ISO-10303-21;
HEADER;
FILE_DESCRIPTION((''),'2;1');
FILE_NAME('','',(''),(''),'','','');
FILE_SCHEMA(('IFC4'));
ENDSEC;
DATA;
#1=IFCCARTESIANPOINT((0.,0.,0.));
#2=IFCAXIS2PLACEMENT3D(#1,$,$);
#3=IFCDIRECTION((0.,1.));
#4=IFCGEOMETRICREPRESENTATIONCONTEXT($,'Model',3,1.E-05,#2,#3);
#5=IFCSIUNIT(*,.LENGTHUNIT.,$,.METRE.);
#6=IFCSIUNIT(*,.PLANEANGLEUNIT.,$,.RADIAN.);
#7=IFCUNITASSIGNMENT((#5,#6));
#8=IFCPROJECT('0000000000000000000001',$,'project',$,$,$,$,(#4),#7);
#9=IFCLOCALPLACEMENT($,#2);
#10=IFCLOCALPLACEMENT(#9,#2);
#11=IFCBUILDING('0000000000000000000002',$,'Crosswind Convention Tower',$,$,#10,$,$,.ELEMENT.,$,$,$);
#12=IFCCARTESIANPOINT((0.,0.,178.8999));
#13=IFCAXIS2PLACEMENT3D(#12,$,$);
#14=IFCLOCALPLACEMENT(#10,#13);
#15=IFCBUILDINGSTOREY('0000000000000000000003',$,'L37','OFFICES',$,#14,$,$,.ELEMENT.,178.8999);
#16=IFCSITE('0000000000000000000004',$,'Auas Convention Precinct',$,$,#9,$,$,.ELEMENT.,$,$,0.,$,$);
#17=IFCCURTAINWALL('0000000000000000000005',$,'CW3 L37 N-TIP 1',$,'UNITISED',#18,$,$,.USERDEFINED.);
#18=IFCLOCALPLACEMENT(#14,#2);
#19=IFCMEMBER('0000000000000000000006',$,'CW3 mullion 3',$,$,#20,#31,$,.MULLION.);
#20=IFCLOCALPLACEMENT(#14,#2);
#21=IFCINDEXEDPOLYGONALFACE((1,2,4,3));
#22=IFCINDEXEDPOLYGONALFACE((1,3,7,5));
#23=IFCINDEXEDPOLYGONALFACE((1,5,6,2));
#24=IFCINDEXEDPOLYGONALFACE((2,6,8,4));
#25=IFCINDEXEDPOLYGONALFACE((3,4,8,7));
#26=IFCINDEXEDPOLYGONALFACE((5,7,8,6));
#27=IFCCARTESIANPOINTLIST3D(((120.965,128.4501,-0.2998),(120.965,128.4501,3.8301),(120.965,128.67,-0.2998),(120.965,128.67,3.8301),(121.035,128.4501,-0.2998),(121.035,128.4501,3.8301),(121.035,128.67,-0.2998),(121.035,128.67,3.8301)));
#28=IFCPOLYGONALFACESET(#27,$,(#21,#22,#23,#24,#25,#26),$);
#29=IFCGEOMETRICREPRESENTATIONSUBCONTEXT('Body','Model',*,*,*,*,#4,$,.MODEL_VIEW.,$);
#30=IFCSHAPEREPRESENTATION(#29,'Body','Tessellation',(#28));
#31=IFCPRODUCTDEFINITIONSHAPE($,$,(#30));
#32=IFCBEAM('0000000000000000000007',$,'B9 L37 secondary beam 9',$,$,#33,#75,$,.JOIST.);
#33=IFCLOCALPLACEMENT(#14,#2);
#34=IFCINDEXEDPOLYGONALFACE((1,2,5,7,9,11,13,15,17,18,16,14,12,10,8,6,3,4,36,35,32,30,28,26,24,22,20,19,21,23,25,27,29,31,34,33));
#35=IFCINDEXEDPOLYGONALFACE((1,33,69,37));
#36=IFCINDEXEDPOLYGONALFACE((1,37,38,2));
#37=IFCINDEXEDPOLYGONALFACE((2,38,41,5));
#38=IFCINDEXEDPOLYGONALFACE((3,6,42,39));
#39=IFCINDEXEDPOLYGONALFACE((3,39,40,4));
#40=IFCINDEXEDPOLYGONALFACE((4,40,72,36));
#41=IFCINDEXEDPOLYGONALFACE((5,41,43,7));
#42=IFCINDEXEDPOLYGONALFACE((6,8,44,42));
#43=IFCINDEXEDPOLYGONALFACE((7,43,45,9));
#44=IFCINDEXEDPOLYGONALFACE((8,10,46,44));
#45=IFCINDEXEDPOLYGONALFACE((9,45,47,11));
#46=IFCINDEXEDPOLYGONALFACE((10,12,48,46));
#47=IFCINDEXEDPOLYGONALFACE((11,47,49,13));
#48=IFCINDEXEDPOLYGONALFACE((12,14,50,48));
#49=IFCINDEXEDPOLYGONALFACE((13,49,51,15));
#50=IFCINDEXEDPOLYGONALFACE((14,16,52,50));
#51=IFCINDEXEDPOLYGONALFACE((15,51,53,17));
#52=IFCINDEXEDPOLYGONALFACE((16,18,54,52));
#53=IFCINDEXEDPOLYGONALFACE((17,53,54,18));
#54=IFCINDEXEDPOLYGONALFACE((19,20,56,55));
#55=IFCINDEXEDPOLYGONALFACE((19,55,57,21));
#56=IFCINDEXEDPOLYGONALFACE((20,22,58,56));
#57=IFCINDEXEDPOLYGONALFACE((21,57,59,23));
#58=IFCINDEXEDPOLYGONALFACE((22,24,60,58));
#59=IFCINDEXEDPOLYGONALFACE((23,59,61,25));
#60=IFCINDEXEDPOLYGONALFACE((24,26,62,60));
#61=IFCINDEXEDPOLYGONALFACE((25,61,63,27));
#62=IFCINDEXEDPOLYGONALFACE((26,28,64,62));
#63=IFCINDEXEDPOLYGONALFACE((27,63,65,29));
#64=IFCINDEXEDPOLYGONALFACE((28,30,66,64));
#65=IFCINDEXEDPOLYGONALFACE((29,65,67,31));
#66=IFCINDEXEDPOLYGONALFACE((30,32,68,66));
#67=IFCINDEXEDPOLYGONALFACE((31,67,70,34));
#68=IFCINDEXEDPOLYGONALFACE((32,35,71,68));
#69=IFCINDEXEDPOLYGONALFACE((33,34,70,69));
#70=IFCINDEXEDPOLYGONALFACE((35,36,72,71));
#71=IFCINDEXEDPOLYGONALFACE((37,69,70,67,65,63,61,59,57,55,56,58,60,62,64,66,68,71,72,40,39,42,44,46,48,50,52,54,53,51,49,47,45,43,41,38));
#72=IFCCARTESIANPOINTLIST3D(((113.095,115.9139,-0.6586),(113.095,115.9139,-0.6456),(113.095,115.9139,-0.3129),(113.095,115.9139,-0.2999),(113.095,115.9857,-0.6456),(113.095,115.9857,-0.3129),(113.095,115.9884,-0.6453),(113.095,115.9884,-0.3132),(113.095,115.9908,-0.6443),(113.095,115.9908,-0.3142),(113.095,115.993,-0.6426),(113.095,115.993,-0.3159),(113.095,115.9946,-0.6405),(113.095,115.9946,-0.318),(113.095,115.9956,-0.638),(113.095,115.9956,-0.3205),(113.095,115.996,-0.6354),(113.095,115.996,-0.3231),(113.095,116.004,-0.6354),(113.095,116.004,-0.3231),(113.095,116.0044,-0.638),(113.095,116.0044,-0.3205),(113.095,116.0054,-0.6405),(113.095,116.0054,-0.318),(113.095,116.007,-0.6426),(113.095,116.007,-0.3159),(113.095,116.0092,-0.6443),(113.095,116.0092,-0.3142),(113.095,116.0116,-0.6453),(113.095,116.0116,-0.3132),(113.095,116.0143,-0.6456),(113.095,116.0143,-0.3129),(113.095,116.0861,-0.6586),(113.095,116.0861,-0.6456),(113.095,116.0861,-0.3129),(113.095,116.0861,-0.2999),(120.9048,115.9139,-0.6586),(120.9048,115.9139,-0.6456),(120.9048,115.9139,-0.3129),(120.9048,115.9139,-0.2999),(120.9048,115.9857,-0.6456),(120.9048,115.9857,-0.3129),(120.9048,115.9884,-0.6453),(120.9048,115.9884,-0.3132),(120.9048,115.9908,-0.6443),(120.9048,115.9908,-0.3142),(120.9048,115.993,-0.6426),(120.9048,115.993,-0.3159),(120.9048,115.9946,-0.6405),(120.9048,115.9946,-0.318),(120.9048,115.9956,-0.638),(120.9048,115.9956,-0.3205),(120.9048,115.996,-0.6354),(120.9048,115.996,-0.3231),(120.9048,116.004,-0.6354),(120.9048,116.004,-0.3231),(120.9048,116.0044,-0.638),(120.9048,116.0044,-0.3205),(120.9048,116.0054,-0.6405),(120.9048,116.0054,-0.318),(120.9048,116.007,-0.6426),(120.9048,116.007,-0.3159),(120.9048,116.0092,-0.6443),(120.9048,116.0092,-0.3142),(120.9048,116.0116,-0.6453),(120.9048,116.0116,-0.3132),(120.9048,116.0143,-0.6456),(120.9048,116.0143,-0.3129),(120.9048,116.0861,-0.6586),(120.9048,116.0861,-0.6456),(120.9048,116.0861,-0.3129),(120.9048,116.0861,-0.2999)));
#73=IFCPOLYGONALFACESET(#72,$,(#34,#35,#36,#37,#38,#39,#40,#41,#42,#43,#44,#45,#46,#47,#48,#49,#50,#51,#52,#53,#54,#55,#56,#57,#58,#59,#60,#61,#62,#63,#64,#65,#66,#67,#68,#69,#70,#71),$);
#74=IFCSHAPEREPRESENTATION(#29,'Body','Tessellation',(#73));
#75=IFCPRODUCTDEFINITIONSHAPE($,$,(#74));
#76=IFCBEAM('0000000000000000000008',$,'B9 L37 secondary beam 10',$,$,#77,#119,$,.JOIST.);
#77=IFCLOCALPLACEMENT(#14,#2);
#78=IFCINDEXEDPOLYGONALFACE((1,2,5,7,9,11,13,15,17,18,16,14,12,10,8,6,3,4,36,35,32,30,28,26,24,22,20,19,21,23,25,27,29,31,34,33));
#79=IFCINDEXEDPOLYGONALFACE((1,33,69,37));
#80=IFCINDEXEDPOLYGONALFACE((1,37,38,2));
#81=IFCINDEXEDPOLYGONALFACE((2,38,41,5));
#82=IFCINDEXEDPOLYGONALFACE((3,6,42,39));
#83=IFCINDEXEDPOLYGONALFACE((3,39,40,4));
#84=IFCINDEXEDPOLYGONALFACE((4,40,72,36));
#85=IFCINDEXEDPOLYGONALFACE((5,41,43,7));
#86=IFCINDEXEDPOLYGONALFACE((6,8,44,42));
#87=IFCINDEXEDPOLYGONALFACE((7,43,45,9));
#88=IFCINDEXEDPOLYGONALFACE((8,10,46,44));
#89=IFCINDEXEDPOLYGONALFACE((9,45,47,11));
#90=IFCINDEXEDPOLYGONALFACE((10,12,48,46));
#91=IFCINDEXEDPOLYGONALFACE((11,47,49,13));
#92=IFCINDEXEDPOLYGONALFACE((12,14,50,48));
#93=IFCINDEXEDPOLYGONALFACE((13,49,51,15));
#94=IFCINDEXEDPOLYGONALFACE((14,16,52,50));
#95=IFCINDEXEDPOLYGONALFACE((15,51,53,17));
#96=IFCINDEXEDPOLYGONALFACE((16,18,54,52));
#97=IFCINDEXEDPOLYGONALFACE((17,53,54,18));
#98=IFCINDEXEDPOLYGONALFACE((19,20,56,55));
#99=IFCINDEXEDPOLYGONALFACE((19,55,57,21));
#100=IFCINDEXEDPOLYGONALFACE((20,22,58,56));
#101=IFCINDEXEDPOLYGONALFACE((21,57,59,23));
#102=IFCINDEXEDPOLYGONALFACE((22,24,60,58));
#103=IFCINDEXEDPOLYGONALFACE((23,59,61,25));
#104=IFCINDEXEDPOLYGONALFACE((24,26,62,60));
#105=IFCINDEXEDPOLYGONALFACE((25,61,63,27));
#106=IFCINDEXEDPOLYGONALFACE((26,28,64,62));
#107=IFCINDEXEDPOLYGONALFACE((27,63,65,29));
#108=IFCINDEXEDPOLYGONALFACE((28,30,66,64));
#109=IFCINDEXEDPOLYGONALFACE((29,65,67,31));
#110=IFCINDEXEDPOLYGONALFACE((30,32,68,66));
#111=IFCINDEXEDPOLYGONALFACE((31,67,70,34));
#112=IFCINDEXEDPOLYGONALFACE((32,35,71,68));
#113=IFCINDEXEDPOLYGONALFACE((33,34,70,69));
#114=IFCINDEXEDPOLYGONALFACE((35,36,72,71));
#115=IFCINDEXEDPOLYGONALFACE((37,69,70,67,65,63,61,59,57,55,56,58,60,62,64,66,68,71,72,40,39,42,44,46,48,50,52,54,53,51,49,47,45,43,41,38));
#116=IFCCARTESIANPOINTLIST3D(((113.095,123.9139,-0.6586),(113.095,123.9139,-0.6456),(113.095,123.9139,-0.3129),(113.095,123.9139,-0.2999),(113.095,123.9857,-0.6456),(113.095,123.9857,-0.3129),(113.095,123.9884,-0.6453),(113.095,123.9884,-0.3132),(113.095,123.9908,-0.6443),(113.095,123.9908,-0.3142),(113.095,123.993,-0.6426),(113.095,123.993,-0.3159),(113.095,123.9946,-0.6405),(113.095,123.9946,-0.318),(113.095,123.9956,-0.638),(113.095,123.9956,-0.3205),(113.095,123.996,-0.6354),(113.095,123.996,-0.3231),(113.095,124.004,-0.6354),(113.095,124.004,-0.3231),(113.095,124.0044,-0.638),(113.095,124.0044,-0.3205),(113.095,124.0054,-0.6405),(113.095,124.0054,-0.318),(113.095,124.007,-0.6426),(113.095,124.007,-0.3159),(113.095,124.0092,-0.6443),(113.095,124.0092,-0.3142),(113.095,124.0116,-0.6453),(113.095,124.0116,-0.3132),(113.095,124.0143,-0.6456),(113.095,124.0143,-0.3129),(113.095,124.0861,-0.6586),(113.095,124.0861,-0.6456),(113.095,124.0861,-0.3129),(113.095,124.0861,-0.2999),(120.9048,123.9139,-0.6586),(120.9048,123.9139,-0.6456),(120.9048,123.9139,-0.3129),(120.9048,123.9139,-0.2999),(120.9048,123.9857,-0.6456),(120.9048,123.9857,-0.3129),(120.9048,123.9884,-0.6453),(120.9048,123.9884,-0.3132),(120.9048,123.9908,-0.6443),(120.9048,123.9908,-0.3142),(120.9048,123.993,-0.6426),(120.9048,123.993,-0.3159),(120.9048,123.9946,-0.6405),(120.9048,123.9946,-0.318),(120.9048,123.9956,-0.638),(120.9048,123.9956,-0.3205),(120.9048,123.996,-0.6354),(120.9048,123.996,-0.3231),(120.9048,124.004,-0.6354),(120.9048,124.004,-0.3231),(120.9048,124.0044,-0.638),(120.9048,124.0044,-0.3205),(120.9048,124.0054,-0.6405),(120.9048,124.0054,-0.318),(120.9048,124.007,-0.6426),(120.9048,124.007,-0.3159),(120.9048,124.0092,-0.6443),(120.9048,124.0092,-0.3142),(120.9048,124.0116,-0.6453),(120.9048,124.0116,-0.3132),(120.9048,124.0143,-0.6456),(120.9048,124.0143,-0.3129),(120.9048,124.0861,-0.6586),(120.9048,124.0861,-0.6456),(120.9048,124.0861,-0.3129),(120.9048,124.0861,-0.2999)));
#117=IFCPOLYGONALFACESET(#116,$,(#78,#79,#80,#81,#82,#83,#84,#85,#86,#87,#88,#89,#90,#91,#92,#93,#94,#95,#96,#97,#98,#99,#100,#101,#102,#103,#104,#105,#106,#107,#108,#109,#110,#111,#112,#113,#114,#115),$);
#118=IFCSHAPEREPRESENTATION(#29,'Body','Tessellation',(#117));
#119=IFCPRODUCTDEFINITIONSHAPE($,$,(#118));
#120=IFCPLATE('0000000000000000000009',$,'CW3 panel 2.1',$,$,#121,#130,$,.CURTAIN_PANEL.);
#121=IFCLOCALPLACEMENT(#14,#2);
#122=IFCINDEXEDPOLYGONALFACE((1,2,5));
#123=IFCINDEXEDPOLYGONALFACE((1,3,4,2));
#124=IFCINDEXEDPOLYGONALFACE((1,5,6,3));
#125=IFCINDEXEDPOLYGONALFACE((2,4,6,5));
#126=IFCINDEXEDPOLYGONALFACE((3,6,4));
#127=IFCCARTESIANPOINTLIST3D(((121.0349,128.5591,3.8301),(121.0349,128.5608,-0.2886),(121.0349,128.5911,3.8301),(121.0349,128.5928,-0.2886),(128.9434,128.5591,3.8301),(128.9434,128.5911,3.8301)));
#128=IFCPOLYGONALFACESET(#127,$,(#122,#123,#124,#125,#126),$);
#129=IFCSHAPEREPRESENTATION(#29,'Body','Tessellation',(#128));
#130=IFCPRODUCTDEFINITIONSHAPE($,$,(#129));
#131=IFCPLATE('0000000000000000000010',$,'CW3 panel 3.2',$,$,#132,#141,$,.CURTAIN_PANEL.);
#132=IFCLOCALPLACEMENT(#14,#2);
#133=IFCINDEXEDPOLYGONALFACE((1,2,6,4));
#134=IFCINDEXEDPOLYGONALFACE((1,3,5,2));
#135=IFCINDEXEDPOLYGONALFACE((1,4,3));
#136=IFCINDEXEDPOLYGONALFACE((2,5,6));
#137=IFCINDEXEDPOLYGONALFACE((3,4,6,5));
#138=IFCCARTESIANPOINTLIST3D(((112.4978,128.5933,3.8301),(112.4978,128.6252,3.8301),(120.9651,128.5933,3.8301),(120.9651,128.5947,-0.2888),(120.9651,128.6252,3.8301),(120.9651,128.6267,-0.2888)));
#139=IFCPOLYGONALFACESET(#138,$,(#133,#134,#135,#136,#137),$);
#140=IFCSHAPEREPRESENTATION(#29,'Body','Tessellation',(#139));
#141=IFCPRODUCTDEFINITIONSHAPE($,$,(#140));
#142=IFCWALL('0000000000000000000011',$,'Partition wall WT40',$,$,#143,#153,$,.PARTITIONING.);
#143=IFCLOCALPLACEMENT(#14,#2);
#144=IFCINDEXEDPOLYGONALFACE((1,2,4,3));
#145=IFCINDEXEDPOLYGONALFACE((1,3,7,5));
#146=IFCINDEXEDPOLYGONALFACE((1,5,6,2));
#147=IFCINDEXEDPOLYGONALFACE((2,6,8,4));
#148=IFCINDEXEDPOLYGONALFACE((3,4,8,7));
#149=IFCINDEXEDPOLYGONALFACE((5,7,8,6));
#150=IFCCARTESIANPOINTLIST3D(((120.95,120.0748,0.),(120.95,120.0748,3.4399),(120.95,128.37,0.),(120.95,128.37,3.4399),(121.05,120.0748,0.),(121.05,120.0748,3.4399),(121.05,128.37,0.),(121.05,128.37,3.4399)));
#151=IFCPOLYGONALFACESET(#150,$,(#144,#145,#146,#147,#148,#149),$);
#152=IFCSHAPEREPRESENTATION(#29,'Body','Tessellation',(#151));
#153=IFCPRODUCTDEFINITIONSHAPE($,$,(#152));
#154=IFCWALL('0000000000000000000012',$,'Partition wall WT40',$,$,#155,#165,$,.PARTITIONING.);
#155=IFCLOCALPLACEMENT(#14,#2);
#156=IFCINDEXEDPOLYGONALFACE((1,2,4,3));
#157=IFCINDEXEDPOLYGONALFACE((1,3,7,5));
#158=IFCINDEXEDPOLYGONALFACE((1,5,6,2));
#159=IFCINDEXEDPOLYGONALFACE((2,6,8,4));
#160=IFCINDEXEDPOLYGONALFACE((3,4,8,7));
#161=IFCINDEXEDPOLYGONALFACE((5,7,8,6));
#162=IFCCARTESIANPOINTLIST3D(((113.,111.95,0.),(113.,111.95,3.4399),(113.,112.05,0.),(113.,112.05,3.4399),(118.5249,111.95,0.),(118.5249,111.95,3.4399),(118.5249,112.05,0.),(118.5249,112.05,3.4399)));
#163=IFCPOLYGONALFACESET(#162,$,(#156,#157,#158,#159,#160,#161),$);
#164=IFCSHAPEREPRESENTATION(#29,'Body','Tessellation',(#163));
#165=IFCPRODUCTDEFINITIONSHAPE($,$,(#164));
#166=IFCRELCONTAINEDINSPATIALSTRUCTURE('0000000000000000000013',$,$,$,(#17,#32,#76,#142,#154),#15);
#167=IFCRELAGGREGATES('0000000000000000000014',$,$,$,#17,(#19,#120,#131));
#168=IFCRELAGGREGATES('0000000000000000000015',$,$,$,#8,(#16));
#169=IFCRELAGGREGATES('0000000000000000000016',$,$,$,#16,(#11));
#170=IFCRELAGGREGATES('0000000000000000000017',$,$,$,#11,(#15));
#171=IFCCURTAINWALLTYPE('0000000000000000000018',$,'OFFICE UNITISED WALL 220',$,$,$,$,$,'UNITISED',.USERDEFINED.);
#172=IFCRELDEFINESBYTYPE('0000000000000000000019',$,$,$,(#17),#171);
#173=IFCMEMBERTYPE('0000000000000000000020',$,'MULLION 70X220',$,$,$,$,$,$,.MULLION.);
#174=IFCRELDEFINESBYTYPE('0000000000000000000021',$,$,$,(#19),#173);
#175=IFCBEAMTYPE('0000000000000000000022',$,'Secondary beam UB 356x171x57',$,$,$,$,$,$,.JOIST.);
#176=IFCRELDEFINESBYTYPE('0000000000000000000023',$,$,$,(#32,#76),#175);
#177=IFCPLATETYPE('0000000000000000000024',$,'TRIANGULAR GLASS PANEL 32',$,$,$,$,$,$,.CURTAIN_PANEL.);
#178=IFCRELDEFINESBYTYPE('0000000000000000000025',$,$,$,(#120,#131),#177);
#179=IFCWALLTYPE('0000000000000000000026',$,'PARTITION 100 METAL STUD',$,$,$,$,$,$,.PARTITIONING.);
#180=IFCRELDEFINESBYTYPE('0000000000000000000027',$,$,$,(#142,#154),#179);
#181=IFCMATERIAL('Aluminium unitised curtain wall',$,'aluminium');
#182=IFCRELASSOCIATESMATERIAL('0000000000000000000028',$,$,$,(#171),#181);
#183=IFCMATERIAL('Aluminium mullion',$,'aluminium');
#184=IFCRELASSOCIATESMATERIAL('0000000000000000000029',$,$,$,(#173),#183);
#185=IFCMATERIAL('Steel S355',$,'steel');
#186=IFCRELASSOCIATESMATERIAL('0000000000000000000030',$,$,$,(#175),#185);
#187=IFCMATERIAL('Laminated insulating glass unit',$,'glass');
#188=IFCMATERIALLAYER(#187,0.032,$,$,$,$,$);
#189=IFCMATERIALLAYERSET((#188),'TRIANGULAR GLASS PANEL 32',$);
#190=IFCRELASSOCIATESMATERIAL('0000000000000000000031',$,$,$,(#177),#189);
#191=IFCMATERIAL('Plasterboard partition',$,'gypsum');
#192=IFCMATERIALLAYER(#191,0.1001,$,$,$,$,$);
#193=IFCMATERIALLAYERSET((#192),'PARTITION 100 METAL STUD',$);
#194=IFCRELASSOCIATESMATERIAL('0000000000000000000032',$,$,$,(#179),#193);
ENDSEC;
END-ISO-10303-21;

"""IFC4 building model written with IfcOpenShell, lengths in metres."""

from ifc_helpers import new_model, si_unit, direction, frame, frame_2d, origin, origin_2d, place, context, subcontext, project, spatial, polyline, rectangle, i_section, outline, extrude, material, layer, layer_set, material_profile, profile_set, type_object, element, aggregate, save


model = new_model("IFC4")

# Units and contexts
model_context = context("Model", 3, precision=1e-05, world=origin(), true_north=direction((0.0, 1.0)))
body_context = subcontext(model_context, "Body", "Model", "MODEL_VIEW")
ifc_project = project(units=[si_unit("LENGTHUNIT", "METRE"), si_unit("PLANEANGLEUNIT", "RADIAN")], contexts=[model_context])

# Site, building, storey
site_placement = place(None, origin())
site = spatial("IfcSite", under=ifc_project, at=site_placement, Name="Auas Convention Precinct", CompositionType="ELEMENT", RefElevation=0.0)
building_placement = place(site_placement, origin())
building = spatial("IfcBuilding", under=site, at=building_placement, Name="Crosswind Convention Tower", CompositionType="ELEMENT")
storey_placement = place(building_placement, frame((0.0, 0.0, 178.8999)))
storey = spatial("IfcBuildingStorey", under=building, at=storey_placement, Name="L37", Description="OFFICES", CompositionType="ELEMENT", Elevation=178.8999)

# Shared definitions
ifc_material_1 = material(Name="Steel S355", Category="steel")

# Curtain wall, member
ifc_material_2 = material(Name="Aluminium unitised curtain wall", Category="aluminium")
curtain_wall_type = type_object("IfcCurtainWallType", Name="OFFICE UNITISED WALL 220", ElementType="UNITISED", PredefinedType="USERDEFINED", material=ifc_material_2)
curtain_wall_placement = place(storey_placement, origin())
curtain_wall = element("IfcCurtainWall", 1, at=curtain_wall_placement, inside=storey, type_object=curtain_wall_type, Name="CW3 L37 N-TIP 1", ObjectType="UNITISED", PredefinedType="USERDEFINED")
ifc_material_3 = material(Name="Aluminium mullion", Category="aluminium")
ifc_material_profile_1 = material_profile(ifc_material_3, rectangle(XDim=0.22, YDim=0.0701, at=origin_2d()), Name="AL 220X70")
ifc_profile_set_1 = profile_set([ifc_material_profile_1], Name="Aluminium mullion")
member_type = type_object("IfcMemberType", Name="MULLION 70X220", PredefinedType="MULLION", material=ifc_profile_set_1)
member_placement = place(storey_placement, frame((121.0, 128.5601, -0.2998), z_axis=(0.0, 0.0, 1.0), x_axis=(0.0, 1.0, 0.0)))
member = element("IfcMember", 2, at=member_placement, type_object=member_type, Name="CW3 mullion 3", PredefinedType="MULLION", context=body_context, shape_type="SweptSolid", body=[
    extrude(rectangle(XDim=0.22, YDim=0.0701, at=origin_2d()), origin(), (0.0, 0.0, 1.0), 4.1299),
])

# Beams
ifc_material_profile_2 = material_profile(ifc_material_1, i_section(OverallWidth=0.1721, OverallDepth=0.3586, WebThickness=0.0081, FlangeThickness=0.0129, FilletRadius=0.0103, at=origin_2d()), Name="UB 356x171x57")
ifc_profile_set_2 = profile_set([ifc_material_profile_2], Name="Steel S355")
beam_type_1 = type_object("IfcBeamType", Name="Secondary beam UB 356x171x57", PredefinedType="JOIST", material=ifc_profile_set_2)
for number, where, z_axis, x_axis, name in (
    (3, (113.095, 116.0, -0.4792), (1.0, 0.0, 0.0), (0.0, 1.0, 0.0), "B9 L37 secondary beam 9"),
    (4, (113.095, 124.0, -0.4792), (1.0, 0.0, 0.0), (0.0, 1.0, 0.0), "B9 L37 secondary beam 10"),
):
    element("IfcBeam", number, at=place(storey_placement, frame(where, z_axis=z_axis, x_axis=x_axis)), inside=storey, type_object=beam_type_1, Name=name, PredefinedType="JOIST", context=body_context, shape_type="SweptSolid", body=[
        extrude(i_section(OverallWidth=0.1721, OverallDepth=0.3586, WebThickness=0.0081, FlangeThickness=0.0129, FilletRadius=0.0103, at=origin_2d()), origin(), (0.0, 0.0, 1.0), 7.8098),
    ])

# Plates
ifc_material_4 = material(Name="Laminated insulating glass unit", Category="glass")
ifc_layer_1 = layer(ifc_material_4, 0.032)
ifc_layer_set_1 = layer_set([ifc_layer_1], Name="TRIANGULAR GLASS PANEL 32")
plate_type = type_object("IfcPlateType", Name="TRIANGULAR GLASS PANEL 32", PredefinedType="CURTAIN_PANEL", material=ifc_layer_set_1)
plate_1_placement = place(storey_placement, frame((121.0349, 128.5911, 3.8301), z_axis=(0.0, 1.0, 0.000415), x_axis=(1.0, 0.0, 0.0)))
plate_1 = element("IfcPlate", 5, at=plate_1_placement, type_object=plate_type, Name="CW3 panel 2.1", PredefinedType="CURTAIN_PANEL", context=body_context, shape_type="SweptSolid", body=[
    extrude(outline(polyline([(0.0, 0.0), (7.9084, 0.0), (0.0, 4.1187), (0.0, 0.0)])), origin(), (0.0, 0.0, -1.0), 0.032),
])
plate_2_placement = place(storey_placement, frame((120.9651, 128.6252, 3.8301), z_axis=(0.0, 1.0, 0.000356), x_axis=(0.0, 0.000356, -1.0)))
plate_2 = element("IfcPlate", 6, at=plate_2_placement, type_object=plate_type, Name="CW3 panel 3.2", PredefinedType="CURTAIN_PANEL", context=body_context, shape_type="SweptSolid", body=[
    extrude(outline(polyline([(0.0, 0.0), (4.1189, 0.0), (0.0, 8.4673), (0.0, 0.0)])), origin(), (0.0, 0.0, -1.0), 0.032),
])
aggregate(curtain_wall, [member, plate_1, plate_2])

# Walls
ifc_material_5 = material(Name="Plasterboard partition", Category="gypsum")
ifc_layer_2 = layer(ifc_material_5, 0.1001)
ifc_layer_set_2 = layer_set([ifc_layer_2], Name="PARTITION 100 METAL STUD")
wall_type_1 = type_object("IfcWallType", Name="PARTITION 100 METAL STUD", PredefinedType="PARTITIONING", material=ifc_layer_set_2)
wall_1_placement = place(storey_placement, frame((121.0, 120.075, 0.0), z_axis=(0.0, 0.0, 1.0), x_axis=(0.0, 1.0, 0.0)))
element("IfcWall", 7, at=wall_1_placement, inside=storey, type_object=wall_type_1, Name="Partition wall WT40", PredefinedType="PARTITIONING", context=body_context, shape_type="SweptSolid", body=[
    extrude(rectangle(XDim=8.2952, YDim=0.1001, at=frame_2d((4.1475, 0.0))), origin(), (0.0, 0.0, 1.0), 3.4399),
])
wall_2_placement = place(storey_placement, frame((113.0, 112.0, 0.0), z_axis=(0.0, 0.0, 1.0), x_axis=(1.0, 0.0, 0.0)))
element("IfcWall", 8, at=wall_2_placement, inside=storey, type_object=wall_type_1, Name="Partition wall WT40", PredefinedType="PARTITIONING", context=body_context, shape_type="SweptSolid", body=[
    extrude(rectangle(XDim=5.5249, YDim=0.1001, at=frame_2d((2.7625, 0.0))), origin(), (0.0, 0.0, 1.0), 3.4399),
])

save(model, "model.ifc")
